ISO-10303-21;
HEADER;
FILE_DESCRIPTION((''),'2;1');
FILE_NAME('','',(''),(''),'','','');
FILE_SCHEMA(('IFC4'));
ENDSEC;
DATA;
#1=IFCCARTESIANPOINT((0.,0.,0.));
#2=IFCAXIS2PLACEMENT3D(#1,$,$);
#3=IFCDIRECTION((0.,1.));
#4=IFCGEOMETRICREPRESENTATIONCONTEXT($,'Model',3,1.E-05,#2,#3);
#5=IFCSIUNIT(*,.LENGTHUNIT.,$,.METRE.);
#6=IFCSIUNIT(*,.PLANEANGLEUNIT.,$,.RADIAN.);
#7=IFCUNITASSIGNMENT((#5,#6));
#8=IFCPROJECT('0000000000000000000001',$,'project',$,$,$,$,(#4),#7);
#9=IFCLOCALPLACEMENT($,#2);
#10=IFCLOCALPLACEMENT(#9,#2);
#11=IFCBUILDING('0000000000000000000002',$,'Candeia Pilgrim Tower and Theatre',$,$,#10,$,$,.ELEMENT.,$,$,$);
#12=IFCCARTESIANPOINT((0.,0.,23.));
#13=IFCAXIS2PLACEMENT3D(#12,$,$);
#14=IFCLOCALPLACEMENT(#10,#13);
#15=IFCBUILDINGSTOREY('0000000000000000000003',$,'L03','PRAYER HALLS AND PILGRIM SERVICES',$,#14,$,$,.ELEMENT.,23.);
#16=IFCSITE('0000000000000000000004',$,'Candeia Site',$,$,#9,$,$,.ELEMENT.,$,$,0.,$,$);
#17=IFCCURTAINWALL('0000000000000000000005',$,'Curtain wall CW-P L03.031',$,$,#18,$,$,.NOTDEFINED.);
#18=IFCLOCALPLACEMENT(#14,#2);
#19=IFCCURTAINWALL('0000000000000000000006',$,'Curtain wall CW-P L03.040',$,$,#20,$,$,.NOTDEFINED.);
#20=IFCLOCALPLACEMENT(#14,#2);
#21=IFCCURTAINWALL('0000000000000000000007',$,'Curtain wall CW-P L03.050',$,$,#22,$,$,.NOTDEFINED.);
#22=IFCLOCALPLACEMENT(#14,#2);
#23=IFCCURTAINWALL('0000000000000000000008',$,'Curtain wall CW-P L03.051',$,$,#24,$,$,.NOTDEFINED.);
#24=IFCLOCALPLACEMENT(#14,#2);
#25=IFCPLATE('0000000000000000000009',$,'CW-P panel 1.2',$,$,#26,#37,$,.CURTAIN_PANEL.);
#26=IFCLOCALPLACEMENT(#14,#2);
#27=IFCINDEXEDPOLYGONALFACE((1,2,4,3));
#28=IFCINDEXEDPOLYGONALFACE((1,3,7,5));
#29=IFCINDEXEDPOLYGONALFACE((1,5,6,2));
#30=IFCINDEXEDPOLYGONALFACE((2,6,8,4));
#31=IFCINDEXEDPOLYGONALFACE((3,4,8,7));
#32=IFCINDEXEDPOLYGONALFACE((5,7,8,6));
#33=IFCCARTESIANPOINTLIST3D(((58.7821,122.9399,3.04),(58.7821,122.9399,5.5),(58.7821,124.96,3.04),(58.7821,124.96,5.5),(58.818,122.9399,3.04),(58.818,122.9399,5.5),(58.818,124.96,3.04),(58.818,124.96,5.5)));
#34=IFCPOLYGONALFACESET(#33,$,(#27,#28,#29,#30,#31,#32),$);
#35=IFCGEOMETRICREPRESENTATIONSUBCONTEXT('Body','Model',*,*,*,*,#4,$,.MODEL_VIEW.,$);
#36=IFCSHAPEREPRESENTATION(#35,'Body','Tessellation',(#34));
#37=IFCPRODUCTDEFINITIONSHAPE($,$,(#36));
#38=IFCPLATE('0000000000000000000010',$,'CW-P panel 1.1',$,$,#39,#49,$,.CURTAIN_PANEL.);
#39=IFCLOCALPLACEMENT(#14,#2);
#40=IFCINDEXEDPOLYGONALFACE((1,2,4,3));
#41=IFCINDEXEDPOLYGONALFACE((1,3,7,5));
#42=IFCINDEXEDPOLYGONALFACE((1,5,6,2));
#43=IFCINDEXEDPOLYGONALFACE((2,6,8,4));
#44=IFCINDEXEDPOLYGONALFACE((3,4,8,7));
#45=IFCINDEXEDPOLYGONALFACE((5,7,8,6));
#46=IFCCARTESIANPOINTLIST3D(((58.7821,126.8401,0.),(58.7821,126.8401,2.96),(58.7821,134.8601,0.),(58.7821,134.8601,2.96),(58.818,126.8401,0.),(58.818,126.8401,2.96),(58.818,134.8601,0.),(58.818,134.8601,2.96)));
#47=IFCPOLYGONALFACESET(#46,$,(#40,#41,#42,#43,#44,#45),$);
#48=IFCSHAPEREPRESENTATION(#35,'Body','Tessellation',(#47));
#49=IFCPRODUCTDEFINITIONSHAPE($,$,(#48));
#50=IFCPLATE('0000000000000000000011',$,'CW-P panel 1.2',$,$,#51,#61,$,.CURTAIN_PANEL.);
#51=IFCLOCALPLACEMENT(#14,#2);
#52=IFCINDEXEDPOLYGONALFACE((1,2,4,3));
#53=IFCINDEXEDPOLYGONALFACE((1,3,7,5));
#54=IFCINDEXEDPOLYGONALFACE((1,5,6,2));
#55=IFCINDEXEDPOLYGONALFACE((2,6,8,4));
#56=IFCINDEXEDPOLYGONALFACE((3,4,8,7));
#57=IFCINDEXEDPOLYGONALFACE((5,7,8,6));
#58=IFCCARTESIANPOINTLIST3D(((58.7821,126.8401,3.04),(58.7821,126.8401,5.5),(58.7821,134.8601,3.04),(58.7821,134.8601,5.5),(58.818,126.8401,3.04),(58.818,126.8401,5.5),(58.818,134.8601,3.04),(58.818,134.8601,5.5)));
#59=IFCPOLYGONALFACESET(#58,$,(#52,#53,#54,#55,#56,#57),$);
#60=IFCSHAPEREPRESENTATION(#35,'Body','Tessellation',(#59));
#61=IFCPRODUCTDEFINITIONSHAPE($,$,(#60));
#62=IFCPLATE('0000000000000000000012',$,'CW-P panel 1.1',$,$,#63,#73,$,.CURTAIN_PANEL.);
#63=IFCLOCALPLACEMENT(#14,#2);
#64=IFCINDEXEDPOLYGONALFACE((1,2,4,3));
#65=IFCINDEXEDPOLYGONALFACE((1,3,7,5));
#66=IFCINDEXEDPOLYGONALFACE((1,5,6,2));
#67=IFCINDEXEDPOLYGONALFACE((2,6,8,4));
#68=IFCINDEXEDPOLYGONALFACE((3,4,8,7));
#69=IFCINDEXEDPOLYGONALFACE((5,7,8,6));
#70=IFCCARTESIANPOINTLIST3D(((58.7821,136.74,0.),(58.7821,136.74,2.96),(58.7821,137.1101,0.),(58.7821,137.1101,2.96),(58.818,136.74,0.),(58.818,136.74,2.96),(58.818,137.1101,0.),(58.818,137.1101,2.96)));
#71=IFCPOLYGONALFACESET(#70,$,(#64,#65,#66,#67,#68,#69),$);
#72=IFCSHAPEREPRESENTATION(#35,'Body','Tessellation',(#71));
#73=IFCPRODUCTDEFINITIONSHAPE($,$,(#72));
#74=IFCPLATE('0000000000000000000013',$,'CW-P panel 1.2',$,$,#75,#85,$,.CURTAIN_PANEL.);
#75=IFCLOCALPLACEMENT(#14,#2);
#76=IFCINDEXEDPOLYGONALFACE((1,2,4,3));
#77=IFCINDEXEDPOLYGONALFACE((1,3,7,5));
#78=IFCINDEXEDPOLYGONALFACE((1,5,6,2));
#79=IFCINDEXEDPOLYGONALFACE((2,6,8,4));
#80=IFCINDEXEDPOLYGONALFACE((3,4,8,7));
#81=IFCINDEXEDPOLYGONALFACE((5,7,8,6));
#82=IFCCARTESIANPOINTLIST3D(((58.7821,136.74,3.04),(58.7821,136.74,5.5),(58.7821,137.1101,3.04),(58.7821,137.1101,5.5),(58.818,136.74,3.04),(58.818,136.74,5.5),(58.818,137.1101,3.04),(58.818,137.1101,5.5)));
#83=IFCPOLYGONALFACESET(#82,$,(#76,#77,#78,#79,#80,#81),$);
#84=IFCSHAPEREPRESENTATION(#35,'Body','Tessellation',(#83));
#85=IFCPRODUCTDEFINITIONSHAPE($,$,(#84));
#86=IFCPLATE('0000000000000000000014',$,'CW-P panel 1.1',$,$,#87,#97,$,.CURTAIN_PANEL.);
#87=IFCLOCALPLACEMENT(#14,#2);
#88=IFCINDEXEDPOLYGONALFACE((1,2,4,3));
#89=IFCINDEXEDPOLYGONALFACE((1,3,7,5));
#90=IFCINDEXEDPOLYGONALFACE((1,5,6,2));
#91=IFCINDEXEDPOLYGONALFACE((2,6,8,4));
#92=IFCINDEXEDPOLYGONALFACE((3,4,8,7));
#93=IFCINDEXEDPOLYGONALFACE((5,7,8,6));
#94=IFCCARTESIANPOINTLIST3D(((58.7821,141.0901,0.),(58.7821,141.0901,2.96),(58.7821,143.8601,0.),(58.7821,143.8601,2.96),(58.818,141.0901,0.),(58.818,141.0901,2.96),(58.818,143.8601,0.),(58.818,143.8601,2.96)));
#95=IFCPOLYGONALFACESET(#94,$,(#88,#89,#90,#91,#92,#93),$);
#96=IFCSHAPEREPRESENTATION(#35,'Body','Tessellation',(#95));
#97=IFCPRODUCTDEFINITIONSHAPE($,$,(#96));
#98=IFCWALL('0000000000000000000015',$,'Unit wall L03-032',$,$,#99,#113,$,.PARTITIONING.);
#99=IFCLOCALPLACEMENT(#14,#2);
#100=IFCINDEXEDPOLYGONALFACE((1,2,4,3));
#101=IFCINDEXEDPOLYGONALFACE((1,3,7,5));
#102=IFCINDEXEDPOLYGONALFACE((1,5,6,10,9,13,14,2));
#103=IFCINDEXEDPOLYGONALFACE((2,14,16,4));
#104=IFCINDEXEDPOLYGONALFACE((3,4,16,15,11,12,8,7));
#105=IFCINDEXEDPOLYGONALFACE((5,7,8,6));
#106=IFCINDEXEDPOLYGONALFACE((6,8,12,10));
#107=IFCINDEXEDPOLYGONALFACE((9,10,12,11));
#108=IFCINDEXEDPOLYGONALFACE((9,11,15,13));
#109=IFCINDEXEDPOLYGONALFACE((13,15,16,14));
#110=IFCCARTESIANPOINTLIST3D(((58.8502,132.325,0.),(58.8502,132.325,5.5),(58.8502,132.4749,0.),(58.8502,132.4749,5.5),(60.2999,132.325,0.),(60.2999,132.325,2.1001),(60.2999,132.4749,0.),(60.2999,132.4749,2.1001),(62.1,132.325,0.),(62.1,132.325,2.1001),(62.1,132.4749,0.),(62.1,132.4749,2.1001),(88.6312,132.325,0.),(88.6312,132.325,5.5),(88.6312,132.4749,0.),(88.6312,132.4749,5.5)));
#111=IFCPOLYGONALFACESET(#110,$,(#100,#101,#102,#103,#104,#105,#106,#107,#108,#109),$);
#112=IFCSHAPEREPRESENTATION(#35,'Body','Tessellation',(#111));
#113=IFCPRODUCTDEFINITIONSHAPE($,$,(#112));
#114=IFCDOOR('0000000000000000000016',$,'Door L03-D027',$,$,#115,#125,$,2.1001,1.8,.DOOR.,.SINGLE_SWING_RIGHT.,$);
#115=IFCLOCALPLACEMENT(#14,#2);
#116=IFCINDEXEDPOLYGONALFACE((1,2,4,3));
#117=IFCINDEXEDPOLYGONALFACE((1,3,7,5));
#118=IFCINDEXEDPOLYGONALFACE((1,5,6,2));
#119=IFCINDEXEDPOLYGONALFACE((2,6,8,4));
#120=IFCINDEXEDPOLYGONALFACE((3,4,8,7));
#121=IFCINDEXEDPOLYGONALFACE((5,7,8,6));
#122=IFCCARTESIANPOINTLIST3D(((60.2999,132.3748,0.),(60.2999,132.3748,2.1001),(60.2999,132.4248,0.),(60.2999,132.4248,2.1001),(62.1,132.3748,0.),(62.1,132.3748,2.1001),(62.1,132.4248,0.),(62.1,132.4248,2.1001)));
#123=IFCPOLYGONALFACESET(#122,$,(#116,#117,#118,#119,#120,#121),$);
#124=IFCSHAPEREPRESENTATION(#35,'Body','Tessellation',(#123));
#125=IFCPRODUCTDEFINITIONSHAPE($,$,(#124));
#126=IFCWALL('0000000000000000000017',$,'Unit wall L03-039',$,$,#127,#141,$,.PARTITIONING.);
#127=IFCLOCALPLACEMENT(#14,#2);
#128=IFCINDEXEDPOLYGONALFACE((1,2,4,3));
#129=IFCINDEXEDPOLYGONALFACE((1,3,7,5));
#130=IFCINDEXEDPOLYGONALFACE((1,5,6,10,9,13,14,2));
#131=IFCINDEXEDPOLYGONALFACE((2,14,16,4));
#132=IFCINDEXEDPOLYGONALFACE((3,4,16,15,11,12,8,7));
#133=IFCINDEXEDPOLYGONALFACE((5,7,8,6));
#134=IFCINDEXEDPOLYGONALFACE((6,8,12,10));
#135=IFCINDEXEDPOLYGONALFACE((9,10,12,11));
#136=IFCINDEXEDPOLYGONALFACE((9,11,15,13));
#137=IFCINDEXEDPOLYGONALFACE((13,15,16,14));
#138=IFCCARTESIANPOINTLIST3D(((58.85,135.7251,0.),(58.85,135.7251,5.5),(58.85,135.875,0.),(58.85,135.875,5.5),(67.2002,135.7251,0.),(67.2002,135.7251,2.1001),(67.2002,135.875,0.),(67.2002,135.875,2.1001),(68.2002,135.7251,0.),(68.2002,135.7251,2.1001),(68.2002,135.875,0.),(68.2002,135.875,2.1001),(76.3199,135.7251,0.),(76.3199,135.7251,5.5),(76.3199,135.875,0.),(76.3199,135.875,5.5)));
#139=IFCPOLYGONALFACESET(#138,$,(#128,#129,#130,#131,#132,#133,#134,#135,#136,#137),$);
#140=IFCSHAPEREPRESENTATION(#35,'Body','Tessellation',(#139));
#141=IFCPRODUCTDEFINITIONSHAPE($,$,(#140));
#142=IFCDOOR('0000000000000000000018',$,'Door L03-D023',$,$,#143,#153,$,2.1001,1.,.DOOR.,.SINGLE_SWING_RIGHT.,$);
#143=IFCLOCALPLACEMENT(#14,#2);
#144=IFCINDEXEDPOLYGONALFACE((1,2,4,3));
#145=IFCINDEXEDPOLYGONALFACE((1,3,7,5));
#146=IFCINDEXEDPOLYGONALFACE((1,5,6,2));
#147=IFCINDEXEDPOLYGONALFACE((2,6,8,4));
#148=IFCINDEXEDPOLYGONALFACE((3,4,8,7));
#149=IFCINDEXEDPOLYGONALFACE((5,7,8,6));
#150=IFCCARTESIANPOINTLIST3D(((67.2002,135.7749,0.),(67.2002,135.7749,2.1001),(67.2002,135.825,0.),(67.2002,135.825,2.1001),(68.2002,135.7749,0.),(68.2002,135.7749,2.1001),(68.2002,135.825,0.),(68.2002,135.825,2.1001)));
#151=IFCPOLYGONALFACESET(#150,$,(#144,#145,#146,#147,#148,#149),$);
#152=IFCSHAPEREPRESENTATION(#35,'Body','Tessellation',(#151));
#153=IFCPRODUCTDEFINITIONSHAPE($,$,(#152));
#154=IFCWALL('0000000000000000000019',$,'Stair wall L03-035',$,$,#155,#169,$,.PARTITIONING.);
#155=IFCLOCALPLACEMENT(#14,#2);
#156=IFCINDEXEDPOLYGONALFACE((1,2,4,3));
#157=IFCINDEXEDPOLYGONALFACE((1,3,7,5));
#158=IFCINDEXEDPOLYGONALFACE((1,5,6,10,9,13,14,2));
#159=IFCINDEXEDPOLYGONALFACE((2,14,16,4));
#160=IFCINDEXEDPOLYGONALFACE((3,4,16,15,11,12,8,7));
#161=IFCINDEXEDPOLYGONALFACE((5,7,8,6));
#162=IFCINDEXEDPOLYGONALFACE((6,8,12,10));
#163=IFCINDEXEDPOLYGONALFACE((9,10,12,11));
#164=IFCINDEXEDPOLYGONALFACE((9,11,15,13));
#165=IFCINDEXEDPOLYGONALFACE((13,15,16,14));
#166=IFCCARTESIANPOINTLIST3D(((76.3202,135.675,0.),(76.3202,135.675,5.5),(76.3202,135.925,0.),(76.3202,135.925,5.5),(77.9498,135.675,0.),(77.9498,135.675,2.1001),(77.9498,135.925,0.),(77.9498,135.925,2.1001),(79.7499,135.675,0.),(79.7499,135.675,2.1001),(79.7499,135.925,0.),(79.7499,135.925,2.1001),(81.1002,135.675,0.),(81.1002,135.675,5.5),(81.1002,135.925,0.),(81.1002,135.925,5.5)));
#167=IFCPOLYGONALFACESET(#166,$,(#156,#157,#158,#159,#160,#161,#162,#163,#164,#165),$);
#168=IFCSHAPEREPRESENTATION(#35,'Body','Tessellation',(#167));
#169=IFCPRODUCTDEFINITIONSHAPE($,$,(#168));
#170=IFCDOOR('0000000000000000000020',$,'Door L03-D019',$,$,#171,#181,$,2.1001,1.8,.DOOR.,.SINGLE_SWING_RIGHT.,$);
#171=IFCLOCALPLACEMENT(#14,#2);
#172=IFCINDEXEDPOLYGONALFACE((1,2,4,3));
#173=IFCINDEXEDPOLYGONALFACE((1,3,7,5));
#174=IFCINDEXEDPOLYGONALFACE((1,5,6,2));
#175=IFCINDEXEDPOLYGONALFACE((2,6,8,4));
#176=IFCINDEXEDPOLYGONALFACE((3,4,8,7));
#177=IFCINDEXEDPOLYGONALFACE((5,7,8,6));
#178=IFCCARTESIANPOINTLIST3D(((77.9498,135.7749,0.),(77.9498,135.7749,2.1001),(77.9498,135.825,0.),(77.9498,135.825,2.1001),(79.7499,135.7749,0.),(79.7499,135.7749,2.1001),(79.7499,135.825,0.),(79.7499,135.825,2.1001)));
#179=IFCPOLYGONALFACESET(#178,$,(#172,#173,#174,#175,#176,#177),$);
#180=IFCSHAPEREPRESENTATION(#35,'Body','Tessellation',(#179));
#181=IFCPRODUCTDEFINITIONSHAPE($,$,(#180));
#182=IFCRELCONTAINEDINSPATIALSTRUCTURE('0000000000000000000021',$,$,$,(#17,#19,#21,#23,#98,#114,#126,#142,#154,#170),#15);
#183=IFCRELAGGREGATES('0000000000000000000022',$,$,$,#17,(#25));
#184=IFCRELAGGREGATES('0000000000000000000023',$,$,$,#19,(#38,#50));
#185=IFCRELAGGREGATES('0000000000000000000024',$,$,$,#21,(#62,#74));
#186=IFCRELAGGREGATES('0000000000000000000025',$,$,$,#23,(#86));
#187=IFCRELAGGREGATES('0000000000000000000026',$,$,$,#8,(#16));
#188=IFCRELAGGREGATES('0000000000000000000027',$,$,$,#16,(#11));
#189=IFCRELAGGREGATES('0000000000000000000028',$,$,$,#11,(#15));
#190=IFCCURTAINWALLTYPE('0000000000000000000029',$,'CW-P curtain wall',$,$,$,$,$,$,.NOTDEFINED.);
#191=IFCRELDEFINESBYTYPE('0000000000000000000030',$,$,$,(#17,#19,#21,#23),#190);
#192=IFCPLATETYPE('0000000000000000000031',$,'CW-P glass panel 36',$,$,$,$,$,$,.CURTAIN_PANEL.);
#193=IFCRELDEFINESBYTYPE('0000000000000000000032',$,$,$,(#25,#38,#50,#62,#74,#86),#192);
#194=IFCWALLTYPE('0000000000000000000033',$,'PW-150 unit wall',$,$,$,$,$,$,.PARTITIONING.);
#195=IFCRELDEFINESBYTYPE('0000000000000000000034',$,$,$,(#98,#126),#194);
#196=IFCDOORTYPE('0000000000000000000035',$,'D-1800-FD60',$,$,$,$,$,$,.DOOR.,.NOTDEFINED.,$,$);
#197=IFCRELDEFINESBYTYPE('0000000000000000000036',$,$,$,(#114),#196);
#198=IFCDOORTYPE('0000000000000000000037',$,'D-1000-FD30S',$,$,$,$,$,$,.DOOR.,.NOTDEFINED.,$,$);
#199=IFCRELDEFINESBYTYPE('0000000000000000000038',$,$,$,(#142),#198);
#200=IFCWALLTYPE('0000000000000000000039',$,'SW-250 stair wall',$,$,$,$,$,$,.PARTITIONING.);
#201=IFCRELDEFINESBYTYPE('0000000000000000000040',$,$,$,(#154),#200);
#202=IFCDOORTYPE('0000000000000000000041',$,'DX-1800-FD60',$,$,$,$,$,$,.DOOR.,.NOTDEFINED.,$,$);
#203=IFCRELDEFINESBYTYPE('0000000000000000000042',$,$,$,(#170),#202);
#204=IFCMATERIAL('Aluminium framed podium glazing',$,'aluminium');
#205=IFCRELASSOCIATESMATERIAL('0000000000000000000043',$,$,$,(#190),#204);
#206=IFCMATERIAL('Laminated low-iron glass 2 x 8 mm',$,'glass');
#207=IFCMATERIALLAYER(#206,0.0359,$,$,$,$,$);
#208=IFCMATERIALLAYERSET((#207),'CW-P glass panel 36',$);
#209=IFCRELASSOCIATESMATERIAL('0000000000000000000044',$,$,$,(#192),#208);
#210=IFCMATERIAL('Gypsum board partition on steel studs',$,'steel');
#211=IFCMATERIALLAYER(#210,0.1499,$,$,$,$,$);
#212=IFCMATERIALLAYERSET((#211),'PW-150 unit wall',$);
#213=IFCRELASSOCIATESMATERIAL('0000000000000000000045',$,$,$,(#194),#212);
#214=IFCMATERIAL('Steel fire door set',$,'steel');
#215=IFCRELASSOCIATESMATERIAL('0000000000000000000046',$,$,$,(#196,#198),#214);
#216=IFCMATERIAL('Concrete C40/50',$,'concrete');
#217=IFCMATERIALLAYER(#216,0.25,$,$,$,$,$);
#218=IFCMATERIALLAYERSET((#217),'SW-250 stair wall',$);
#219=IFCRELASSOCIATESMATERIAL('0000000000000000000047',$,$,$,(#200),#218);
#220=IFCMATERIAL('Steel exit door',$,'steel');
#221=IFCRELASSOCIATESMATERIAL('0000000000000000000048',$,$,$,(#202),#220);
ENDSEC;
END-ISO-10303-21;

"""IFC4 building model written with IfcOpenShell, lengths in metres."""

from ifc_helpers import new_model, si_unit, direction, frame, frame_2d, origin, origin_2d, place, context, subcontext, project, spatial, rectangle, extrude, material, layer, layer_set, type_object, element, fill, aggregate, save


model = new_model("IFC4")

# Units and contexts
model_context = context("Model", 3, precision=1e-05, world=origin(), true_north=direction((0.0, 1.0)))
body_context = subcontext(model_context, "Body", "Model", "MODEL_VIEW")
ifc_project = project(units=[si_unit("LENGTHUNIT", "METRE"), si_unit("PLANEANGLEUNIT", "RADIAN")], contexts=[model_context])

# Site, building, storey
site_placement = place(None, origin())
site = spatial("IfcSite", under=ifc_project, at=site_placement, Name="Candeia Site", CompositionType="ELEMENT", RefElevation=0.0)
building_placement = place(site_placement, origin())
building = spatial("IfcBuilding", under=site, at=building_placement, Name="Candeia Pilgrim Tower and Theatre", CompositionType="ELEMENT")
storey_placement = place(building_placement, frame((0.0, 0.0, 23.0)))
storey = spatial("IfcBuildingStorey", under=building, at=storey_placement, Name="L03", Description="PRAYER HALLS AND PILGRIM SERVICES", CompositionType="ELEMENT", Elevation=23.0)

# Curtain wall
ifc_material_1 = material(Name="Aluminium framed podium glazing", Category="aluminium")
curtain_wall_type = type_object("IfcCurtainWallType", Name="CW-P curtain wall", PredefinedType="NOTDEFINED", material=ifc_material_1)
curtain_wall_1_placement = place(storey_placement, origin())
curtain_wall_1 = element("IfcCurtainWall", 1, at=curtain_wall_1_placement, inside=storey, type_object=curtain_wall_type, Name="Curtain wall CW-P L03.031", PredefinedType="NOTDEFINED")

# Curtain walls
curtain_wall_2_placement = place(storey_placement, origin())
curtain_wall_2 = element("IfcCurtainWall", 2, at=curtain_wall_2_placement, inside=storey, type_object=curtain_wall_type, Name="Curtain wall CW-P L03.040", PredefinedType="NOTDEFINED")
curtain_wall_3_placement = place(storey_placement, origin())
curtain_wall_3 = element("IfcCurtainWall", 3, at=curtain_wall_3_placement, inside=storey, type_object=curtain_wall_type, Name="Curtain wall CW-P L03.050", PredefinedType="NOTDEFINED")

# Curtain wall
curtain_wall_4_placement = place(storey_placement, origin())
curtain_wall_4 = element("IfcCurtainWall", 4, at=curtain_wall_4_placement, inside=storey, type_object=curtain_wall_type, Name="Curtain wall CW-P L03.051", PredefinedType="NOTDEFINED")

# Plates
ifc_material_2 = material(Name="Laminated low-iron glass 2 x 8 mm", Category="glass")
ifc_layer_1 = layer(ifc_material_2, 0.0359)
ifc_layer_set_1 = layer_set([ifc_layer_1], Name="CW-P glass panel 36")
plate_type = type_object("IfcPlateType", Name="CW-P glass panel 36", PredefinedType="CURTAIN_PANEL", material=ifc_layer_set_1)
plate_1_placement = place(storey_placement, frame((58.8, 123.95, 3.04), z_axis=(0.0, 0.0, 1.0), x_axis=(0.0, 1.0, 0.0)))
plate_1 = element("IfcPlate", 5, at=plate_1_placement, type_object=plate_type, Name="CW-P panel 1.2", PredefinedType="CURTAIN_PANEL", context=body_context, shape_type="SweptSolid", body=[
    extrude(rectangle(XDim=2.02, YDim=0.0359, at=origin_2d()), origin(), (0.0, 0.0, 1.0), 2.46),
])
aggregate(curtain_wall_1, [plate_1])
plate_2_placement = place(storey_placement, frame((58.8, 130.8501, 0.0), z_axis=(0.0, 0.0, 1.0), x_axis=(0.0, 1.0, 0.0)))
plate_2 = element("IfcPlate", 6, at=plate_2_placement, type_object=plate_type, Name="CW-P panel 1.1", PredefinedType="CURTAIN_PANEL", context=body_context, shape_type="SweptSolid", body=[
    extrude(rectangle(XDim=8.02, YDim=0.0359, at=origin_2d()), origin(), (0.0, 0.0, 1.0), 2.96),
])
plate_3_placement = place(storey_placement, frame((58.8, 130.8501, 3.04), z_axis=(0.0, 0.0, 1.0), x_axis=(0.0, 1.0, 0.0)))
plate_3 = element("IfcPlate", 7, at=plate_3_placement, type_object=plate_type, Name="CW-P panel 1.2", PredefinedType="CURTAIN_PANEL", context=body_context, shape_type="SweptSolid", body=[
    extrude(rectangle(XDim=8.02, YDim=0.0359, at=origin_2d()), origin(), (0.0, 0.0, 1.0), 2.46),
])
aggregate(curtain_wall_2, [plate_2, plate_3])
plate_4_placement = place(storey_placement, frame((58.8, 136.925, 0.0), z_axis=(0.0, 0.0, 1.0), x_axis=(0.0, 1.0, 0.0)))
plate_4 = element("IfcPlate", 8, at=plate_4_placement, type_object=plate_type, Name="CW-P panel 1.1", PredefinedType="CURTAIN_PANEL", context=body_context, shape_type="SweptSolid", body=[
    extrude(rectangle(XDim=0.3701, YDim=0.0359, at=origin_2d()), origin(), (0.0, 0.0, 1.0), 2.96),
])
plate_5_placement = place(storey_placement, frame((58.8, 136.925, 3.04), z_axis=(0.0, 0.0, 1.0), x_axis=(0.0, 1.0, 0.0)))
plate_5 = element("IfcPlate", 9, at=plate_5_placement, type_object=plate_type, Name="CW-P panel 1.2", PredefinedType="CURTAIN_PANEL", context=body_context, shape_type="SweptSolid", body=[
    extrude(rectangle(XDim=0.3701, YDim=0.0359, at=origin_2d()), origin(), (0.0, 0.0, 1.0), 2.46),
])
aggregate(curtain_wall_3, [plate_4, plate_5])
plate_6_placement = place(storey_placement, frame((58.8, 142.4751, 0.0), z_axis=(0.0, 0.0, 1.0), x_axis=(0.0, 1.0, 0.0)))
plate_6 = element("IfcPlate", 10, at=plate_6_placement, type_object=plate_type, Name="CW-P panel 1.1", PredefinedType="CURTAIN_PANEL", context=body_context, shape_type="SweptSolid", body=[
    extrude(rectangle(XDim=2.77, YDim=0.0359, at=origin_2d()), origin(), (0.0, 0.0, 1.0), 2.96),
])
aggregate(curtain_wall_4, [plate_6])

# Walls, openings, doors
ifc_material_3 = material(Name="Gypsum board partition on steel studs", Category="steel")
ifc_layer_2 = layer(ifc_material_3, 0.1499)
ifc_layer_set_2 = layer_set([ifc_layer_2], Name="PW-150 unit wall")
wall_type_1 = type_object("IfcWallType", Name="PW-150 unit wall", PredefinedType="PARTITIONING", material=ifc_layer_set_2)
wall_1_placement = place(storey_placement, frame((58.8501, 132.3999, 0.0), z_axis=(0.0, 0.0, 1.0), x_axis=(1.0, 0.0, 0.0)))
wall_1 = element("IfcWall", 11, at=wall_1_placement, inside=storey, type_object=wall_type_1, Name="Unit wall L03-032", PredefinedType="PARTITIONING", context=body_context, shape_type="SweptSolid", body=[
    extrude(rectangle(XDim=29.781, YDim=0.1499, at=frame_2d((14.8906, 0.0))), origin(), (0.0, 0.0, 1.0), 5.5),
])
opening_1_placement = place(wall_1_placement, frame((1.45, 0.0, 0.0)))
opening_1 = element("IfcOpeningElement", 12, at=opening_1_placement, cuts=wall_1, PredefinedType="OPENING", context=body_context, shape_type="SweptSolid", body=[
    extrude(rectangle(XDim=1.8, YDim=2.1001, at=frame_2d((0.8999, 1.05))), frame((0.0, 0.085, 0.0), z_axis=(0.0, -1.0, 0.0), x_axis=(1.0, 0.0, 0.0)), (0.0, 0.0, 1.0), 0.1699),
])
ifc_material_4 = material(Name="Steel fire door set", Category="steel")
door_type_1 = type_object("IfcDoorType", Name="D-1800-FD60", OperationType="NOTDEFINED", PredefinedType="DOOR", material=ifc_material_4)
door_1_placement = place(opening_1_placement, origin())
door_1 = element("IfcDoor", 13, at=door_1_placement, inside=storey, type_object=door_type_1, Name="Door L03-D027", OperationType="SINGLE_SWING_RIGHT", OverallHeight=2.1001, OverallWidth=1.8, PredefinedType="DOOR", context=body_context, shape_type="SweptSolid", body=[
    extrude(rectangle(XDim=1.8, YDim=2.1001, at=frame_2d((0.8999, 1.05))), frame((0.0, 0.0249, 0.0), z_axis=(0.0, -1.0, 0.0), x_axis=(1.0, 0.0, 0.0)), (0.0, 0.0, 1.0), 0.05),
])
fill(opening_1, door_1)
wall_2_placement = place(storey_placement, frame((58.8501, 135.8, 0.0), z_axis=(0.0, 0.0, 1.0), x_axis=(1.0, 0.0, 0.0)))
wall_2 = element("IfcWall", 14, at=wall_2_placement, inside=storey, type_object=wall_type_1, Name="Unit wall L03-039", PredefinedType="PARTITIONING", context=body_context, shape_type="SweptSolid", body=[
    extrude(rectangle(XDim=17.47, YDim=0.1499, at=frame_2d((8.7349, 0.0))), origin(), (0.0, 0.0, 1.0), 5.5),
])
opening_2_placement = place(wall_2_placement, frame((8.3501, 0.0, 0.0)))
opening_2 = element("IfcOpeningElement", 15, at=opening_2_placement, cuts=wall_2, PredefinedType="OPENING", context=body_context, shape_type="SweptSolid", body=[
    extrude(rectangle(XDim=1.0, YDim=2.1001, at=frame_2d((0.5, 1.05))), frame((0.0, 0.085, 0.0), z_axis=(0.0, -1.0, 0.0), x_axis=(1.0, 0.0, 0.0)), (0.0, 0.0, 1.0), 0.1699),
])
door_type_2 = type_object("IfcDoorType", Name="D-1000-FD30S", OperationType="NOTDEFINED", PredefinedType="DOOR", material=ifc_material_4)
door_2_placement = place(opening_2_placement, origin())
door_2 = element("IfcDoor", 16, at=door_2_placement, inside=storey, type_object=door_type_2, Name="Door L03-D023", OperationType="SINGLE_SWING_RIGHT", OverallHeight=2.1001, OverallWidth=1.0, PredefinedType="DOOR", context=body_context, shape_type="SweptSolid", body=[
    extrude(rectangle(XDim=1.0, YDim=2.1001, at=frame_2d((0.5, 1.05))), frame((0.0, 0.0249, 0.0), z_axis=(0.0, -1.0, 0.0), x_axis=(1.0, 0.0, 0.0)), (0.0, 0.0, 1.0), 0.05),
])
fill(opening_2, door_2)
ifc_material_5 = material(Name="Concrete C40/50", Category="concrete")
ifc_layer_3 = layer(ifc_material_5, 0.25)
ifc_layer_set_3 = layer_set([ifc_layer_3], Name="SW-250 stair wall")
wall_type_2 = type_object("IfcWallType", Name="SW-250 stair wall", PredefinedType="PARTITIONING", material=ifc_layer_set_3)
wall_3_placement = place(storey_placement, frame((76.3201, 135.8, 0.0), z_axis=(0.0, 0.0, 1.0), x_axis=(1.0, 0.0, 0.0)))
wall_3 = element("IfcWall", 17, at=wall_3_placement, inside=storey, type_object=wall_type_2, Name="Stair wall L03-035", PredefinedType="PARTITIONING", context=body_context, shape_type="SweptSolid", body=[
    extrude(rectangle(XDim=4.78, YDim=0.25, at=frame_2d((2.3901, 0.0))), origin(), (0.0, 0.0, 1.0), 5.5),
])
opening_3_placement = place(wall_3_placement, frame((1.6299, 0.0, 0.0)))
opening_3 = element("IfcOpeningElement", 18, at=opening_3_placement, cuts=wall_3, PredefinedType="OPENING", context=body_context, shape_type="SweptSolid", body=[
    extrude(rectangle(XDim=1.8, YDim=2.1001, at=frame_2d((0.8999, 1.05))), frame((0.0, 0.135, 0.0), z_axis=(0.0, -1.0, 0.0), x_axis=(1.0, 0.0, 0.0)), (0.0, 0.0, 1.0), 0.27),
])
ifc_material_6 = material(Name="Steel exit door", Category="steel")
door_type_3 = type_object("IfcDoorType", Name="DX-1800-FD60", OperationType="NOTDEFINED", PredefinedType="DOOR", material=ifc_material_6)
door_3_placement = place(opening_3_placement, origin())
door_3 = element("IfcDoor", 19, at=door_3_placement, inside=storey, type_object=door_type_3, Name="Door L03-D019", OperationType="SINGLE_SWING_RIGHT", OverallHeight=2.1001, OverallWidth=1.8, PredefinedType="DOOR", context=body_context, shape_type="SweptSolid", body=[
    extrude(rectangle(XDim=1.8, YDim=2.1001, at=frame_2d((0.8999, 1.05))), frame((0.0, 0.0249, 0.0), z_axis=(0.0, -1.0, 0.0), x_axis=(1.0, 0.0, 0.0)), (0.0, 0.0, 1.0), 0.05),
])
fill(opening_3, door_3)

save(model, "model.ifc")
